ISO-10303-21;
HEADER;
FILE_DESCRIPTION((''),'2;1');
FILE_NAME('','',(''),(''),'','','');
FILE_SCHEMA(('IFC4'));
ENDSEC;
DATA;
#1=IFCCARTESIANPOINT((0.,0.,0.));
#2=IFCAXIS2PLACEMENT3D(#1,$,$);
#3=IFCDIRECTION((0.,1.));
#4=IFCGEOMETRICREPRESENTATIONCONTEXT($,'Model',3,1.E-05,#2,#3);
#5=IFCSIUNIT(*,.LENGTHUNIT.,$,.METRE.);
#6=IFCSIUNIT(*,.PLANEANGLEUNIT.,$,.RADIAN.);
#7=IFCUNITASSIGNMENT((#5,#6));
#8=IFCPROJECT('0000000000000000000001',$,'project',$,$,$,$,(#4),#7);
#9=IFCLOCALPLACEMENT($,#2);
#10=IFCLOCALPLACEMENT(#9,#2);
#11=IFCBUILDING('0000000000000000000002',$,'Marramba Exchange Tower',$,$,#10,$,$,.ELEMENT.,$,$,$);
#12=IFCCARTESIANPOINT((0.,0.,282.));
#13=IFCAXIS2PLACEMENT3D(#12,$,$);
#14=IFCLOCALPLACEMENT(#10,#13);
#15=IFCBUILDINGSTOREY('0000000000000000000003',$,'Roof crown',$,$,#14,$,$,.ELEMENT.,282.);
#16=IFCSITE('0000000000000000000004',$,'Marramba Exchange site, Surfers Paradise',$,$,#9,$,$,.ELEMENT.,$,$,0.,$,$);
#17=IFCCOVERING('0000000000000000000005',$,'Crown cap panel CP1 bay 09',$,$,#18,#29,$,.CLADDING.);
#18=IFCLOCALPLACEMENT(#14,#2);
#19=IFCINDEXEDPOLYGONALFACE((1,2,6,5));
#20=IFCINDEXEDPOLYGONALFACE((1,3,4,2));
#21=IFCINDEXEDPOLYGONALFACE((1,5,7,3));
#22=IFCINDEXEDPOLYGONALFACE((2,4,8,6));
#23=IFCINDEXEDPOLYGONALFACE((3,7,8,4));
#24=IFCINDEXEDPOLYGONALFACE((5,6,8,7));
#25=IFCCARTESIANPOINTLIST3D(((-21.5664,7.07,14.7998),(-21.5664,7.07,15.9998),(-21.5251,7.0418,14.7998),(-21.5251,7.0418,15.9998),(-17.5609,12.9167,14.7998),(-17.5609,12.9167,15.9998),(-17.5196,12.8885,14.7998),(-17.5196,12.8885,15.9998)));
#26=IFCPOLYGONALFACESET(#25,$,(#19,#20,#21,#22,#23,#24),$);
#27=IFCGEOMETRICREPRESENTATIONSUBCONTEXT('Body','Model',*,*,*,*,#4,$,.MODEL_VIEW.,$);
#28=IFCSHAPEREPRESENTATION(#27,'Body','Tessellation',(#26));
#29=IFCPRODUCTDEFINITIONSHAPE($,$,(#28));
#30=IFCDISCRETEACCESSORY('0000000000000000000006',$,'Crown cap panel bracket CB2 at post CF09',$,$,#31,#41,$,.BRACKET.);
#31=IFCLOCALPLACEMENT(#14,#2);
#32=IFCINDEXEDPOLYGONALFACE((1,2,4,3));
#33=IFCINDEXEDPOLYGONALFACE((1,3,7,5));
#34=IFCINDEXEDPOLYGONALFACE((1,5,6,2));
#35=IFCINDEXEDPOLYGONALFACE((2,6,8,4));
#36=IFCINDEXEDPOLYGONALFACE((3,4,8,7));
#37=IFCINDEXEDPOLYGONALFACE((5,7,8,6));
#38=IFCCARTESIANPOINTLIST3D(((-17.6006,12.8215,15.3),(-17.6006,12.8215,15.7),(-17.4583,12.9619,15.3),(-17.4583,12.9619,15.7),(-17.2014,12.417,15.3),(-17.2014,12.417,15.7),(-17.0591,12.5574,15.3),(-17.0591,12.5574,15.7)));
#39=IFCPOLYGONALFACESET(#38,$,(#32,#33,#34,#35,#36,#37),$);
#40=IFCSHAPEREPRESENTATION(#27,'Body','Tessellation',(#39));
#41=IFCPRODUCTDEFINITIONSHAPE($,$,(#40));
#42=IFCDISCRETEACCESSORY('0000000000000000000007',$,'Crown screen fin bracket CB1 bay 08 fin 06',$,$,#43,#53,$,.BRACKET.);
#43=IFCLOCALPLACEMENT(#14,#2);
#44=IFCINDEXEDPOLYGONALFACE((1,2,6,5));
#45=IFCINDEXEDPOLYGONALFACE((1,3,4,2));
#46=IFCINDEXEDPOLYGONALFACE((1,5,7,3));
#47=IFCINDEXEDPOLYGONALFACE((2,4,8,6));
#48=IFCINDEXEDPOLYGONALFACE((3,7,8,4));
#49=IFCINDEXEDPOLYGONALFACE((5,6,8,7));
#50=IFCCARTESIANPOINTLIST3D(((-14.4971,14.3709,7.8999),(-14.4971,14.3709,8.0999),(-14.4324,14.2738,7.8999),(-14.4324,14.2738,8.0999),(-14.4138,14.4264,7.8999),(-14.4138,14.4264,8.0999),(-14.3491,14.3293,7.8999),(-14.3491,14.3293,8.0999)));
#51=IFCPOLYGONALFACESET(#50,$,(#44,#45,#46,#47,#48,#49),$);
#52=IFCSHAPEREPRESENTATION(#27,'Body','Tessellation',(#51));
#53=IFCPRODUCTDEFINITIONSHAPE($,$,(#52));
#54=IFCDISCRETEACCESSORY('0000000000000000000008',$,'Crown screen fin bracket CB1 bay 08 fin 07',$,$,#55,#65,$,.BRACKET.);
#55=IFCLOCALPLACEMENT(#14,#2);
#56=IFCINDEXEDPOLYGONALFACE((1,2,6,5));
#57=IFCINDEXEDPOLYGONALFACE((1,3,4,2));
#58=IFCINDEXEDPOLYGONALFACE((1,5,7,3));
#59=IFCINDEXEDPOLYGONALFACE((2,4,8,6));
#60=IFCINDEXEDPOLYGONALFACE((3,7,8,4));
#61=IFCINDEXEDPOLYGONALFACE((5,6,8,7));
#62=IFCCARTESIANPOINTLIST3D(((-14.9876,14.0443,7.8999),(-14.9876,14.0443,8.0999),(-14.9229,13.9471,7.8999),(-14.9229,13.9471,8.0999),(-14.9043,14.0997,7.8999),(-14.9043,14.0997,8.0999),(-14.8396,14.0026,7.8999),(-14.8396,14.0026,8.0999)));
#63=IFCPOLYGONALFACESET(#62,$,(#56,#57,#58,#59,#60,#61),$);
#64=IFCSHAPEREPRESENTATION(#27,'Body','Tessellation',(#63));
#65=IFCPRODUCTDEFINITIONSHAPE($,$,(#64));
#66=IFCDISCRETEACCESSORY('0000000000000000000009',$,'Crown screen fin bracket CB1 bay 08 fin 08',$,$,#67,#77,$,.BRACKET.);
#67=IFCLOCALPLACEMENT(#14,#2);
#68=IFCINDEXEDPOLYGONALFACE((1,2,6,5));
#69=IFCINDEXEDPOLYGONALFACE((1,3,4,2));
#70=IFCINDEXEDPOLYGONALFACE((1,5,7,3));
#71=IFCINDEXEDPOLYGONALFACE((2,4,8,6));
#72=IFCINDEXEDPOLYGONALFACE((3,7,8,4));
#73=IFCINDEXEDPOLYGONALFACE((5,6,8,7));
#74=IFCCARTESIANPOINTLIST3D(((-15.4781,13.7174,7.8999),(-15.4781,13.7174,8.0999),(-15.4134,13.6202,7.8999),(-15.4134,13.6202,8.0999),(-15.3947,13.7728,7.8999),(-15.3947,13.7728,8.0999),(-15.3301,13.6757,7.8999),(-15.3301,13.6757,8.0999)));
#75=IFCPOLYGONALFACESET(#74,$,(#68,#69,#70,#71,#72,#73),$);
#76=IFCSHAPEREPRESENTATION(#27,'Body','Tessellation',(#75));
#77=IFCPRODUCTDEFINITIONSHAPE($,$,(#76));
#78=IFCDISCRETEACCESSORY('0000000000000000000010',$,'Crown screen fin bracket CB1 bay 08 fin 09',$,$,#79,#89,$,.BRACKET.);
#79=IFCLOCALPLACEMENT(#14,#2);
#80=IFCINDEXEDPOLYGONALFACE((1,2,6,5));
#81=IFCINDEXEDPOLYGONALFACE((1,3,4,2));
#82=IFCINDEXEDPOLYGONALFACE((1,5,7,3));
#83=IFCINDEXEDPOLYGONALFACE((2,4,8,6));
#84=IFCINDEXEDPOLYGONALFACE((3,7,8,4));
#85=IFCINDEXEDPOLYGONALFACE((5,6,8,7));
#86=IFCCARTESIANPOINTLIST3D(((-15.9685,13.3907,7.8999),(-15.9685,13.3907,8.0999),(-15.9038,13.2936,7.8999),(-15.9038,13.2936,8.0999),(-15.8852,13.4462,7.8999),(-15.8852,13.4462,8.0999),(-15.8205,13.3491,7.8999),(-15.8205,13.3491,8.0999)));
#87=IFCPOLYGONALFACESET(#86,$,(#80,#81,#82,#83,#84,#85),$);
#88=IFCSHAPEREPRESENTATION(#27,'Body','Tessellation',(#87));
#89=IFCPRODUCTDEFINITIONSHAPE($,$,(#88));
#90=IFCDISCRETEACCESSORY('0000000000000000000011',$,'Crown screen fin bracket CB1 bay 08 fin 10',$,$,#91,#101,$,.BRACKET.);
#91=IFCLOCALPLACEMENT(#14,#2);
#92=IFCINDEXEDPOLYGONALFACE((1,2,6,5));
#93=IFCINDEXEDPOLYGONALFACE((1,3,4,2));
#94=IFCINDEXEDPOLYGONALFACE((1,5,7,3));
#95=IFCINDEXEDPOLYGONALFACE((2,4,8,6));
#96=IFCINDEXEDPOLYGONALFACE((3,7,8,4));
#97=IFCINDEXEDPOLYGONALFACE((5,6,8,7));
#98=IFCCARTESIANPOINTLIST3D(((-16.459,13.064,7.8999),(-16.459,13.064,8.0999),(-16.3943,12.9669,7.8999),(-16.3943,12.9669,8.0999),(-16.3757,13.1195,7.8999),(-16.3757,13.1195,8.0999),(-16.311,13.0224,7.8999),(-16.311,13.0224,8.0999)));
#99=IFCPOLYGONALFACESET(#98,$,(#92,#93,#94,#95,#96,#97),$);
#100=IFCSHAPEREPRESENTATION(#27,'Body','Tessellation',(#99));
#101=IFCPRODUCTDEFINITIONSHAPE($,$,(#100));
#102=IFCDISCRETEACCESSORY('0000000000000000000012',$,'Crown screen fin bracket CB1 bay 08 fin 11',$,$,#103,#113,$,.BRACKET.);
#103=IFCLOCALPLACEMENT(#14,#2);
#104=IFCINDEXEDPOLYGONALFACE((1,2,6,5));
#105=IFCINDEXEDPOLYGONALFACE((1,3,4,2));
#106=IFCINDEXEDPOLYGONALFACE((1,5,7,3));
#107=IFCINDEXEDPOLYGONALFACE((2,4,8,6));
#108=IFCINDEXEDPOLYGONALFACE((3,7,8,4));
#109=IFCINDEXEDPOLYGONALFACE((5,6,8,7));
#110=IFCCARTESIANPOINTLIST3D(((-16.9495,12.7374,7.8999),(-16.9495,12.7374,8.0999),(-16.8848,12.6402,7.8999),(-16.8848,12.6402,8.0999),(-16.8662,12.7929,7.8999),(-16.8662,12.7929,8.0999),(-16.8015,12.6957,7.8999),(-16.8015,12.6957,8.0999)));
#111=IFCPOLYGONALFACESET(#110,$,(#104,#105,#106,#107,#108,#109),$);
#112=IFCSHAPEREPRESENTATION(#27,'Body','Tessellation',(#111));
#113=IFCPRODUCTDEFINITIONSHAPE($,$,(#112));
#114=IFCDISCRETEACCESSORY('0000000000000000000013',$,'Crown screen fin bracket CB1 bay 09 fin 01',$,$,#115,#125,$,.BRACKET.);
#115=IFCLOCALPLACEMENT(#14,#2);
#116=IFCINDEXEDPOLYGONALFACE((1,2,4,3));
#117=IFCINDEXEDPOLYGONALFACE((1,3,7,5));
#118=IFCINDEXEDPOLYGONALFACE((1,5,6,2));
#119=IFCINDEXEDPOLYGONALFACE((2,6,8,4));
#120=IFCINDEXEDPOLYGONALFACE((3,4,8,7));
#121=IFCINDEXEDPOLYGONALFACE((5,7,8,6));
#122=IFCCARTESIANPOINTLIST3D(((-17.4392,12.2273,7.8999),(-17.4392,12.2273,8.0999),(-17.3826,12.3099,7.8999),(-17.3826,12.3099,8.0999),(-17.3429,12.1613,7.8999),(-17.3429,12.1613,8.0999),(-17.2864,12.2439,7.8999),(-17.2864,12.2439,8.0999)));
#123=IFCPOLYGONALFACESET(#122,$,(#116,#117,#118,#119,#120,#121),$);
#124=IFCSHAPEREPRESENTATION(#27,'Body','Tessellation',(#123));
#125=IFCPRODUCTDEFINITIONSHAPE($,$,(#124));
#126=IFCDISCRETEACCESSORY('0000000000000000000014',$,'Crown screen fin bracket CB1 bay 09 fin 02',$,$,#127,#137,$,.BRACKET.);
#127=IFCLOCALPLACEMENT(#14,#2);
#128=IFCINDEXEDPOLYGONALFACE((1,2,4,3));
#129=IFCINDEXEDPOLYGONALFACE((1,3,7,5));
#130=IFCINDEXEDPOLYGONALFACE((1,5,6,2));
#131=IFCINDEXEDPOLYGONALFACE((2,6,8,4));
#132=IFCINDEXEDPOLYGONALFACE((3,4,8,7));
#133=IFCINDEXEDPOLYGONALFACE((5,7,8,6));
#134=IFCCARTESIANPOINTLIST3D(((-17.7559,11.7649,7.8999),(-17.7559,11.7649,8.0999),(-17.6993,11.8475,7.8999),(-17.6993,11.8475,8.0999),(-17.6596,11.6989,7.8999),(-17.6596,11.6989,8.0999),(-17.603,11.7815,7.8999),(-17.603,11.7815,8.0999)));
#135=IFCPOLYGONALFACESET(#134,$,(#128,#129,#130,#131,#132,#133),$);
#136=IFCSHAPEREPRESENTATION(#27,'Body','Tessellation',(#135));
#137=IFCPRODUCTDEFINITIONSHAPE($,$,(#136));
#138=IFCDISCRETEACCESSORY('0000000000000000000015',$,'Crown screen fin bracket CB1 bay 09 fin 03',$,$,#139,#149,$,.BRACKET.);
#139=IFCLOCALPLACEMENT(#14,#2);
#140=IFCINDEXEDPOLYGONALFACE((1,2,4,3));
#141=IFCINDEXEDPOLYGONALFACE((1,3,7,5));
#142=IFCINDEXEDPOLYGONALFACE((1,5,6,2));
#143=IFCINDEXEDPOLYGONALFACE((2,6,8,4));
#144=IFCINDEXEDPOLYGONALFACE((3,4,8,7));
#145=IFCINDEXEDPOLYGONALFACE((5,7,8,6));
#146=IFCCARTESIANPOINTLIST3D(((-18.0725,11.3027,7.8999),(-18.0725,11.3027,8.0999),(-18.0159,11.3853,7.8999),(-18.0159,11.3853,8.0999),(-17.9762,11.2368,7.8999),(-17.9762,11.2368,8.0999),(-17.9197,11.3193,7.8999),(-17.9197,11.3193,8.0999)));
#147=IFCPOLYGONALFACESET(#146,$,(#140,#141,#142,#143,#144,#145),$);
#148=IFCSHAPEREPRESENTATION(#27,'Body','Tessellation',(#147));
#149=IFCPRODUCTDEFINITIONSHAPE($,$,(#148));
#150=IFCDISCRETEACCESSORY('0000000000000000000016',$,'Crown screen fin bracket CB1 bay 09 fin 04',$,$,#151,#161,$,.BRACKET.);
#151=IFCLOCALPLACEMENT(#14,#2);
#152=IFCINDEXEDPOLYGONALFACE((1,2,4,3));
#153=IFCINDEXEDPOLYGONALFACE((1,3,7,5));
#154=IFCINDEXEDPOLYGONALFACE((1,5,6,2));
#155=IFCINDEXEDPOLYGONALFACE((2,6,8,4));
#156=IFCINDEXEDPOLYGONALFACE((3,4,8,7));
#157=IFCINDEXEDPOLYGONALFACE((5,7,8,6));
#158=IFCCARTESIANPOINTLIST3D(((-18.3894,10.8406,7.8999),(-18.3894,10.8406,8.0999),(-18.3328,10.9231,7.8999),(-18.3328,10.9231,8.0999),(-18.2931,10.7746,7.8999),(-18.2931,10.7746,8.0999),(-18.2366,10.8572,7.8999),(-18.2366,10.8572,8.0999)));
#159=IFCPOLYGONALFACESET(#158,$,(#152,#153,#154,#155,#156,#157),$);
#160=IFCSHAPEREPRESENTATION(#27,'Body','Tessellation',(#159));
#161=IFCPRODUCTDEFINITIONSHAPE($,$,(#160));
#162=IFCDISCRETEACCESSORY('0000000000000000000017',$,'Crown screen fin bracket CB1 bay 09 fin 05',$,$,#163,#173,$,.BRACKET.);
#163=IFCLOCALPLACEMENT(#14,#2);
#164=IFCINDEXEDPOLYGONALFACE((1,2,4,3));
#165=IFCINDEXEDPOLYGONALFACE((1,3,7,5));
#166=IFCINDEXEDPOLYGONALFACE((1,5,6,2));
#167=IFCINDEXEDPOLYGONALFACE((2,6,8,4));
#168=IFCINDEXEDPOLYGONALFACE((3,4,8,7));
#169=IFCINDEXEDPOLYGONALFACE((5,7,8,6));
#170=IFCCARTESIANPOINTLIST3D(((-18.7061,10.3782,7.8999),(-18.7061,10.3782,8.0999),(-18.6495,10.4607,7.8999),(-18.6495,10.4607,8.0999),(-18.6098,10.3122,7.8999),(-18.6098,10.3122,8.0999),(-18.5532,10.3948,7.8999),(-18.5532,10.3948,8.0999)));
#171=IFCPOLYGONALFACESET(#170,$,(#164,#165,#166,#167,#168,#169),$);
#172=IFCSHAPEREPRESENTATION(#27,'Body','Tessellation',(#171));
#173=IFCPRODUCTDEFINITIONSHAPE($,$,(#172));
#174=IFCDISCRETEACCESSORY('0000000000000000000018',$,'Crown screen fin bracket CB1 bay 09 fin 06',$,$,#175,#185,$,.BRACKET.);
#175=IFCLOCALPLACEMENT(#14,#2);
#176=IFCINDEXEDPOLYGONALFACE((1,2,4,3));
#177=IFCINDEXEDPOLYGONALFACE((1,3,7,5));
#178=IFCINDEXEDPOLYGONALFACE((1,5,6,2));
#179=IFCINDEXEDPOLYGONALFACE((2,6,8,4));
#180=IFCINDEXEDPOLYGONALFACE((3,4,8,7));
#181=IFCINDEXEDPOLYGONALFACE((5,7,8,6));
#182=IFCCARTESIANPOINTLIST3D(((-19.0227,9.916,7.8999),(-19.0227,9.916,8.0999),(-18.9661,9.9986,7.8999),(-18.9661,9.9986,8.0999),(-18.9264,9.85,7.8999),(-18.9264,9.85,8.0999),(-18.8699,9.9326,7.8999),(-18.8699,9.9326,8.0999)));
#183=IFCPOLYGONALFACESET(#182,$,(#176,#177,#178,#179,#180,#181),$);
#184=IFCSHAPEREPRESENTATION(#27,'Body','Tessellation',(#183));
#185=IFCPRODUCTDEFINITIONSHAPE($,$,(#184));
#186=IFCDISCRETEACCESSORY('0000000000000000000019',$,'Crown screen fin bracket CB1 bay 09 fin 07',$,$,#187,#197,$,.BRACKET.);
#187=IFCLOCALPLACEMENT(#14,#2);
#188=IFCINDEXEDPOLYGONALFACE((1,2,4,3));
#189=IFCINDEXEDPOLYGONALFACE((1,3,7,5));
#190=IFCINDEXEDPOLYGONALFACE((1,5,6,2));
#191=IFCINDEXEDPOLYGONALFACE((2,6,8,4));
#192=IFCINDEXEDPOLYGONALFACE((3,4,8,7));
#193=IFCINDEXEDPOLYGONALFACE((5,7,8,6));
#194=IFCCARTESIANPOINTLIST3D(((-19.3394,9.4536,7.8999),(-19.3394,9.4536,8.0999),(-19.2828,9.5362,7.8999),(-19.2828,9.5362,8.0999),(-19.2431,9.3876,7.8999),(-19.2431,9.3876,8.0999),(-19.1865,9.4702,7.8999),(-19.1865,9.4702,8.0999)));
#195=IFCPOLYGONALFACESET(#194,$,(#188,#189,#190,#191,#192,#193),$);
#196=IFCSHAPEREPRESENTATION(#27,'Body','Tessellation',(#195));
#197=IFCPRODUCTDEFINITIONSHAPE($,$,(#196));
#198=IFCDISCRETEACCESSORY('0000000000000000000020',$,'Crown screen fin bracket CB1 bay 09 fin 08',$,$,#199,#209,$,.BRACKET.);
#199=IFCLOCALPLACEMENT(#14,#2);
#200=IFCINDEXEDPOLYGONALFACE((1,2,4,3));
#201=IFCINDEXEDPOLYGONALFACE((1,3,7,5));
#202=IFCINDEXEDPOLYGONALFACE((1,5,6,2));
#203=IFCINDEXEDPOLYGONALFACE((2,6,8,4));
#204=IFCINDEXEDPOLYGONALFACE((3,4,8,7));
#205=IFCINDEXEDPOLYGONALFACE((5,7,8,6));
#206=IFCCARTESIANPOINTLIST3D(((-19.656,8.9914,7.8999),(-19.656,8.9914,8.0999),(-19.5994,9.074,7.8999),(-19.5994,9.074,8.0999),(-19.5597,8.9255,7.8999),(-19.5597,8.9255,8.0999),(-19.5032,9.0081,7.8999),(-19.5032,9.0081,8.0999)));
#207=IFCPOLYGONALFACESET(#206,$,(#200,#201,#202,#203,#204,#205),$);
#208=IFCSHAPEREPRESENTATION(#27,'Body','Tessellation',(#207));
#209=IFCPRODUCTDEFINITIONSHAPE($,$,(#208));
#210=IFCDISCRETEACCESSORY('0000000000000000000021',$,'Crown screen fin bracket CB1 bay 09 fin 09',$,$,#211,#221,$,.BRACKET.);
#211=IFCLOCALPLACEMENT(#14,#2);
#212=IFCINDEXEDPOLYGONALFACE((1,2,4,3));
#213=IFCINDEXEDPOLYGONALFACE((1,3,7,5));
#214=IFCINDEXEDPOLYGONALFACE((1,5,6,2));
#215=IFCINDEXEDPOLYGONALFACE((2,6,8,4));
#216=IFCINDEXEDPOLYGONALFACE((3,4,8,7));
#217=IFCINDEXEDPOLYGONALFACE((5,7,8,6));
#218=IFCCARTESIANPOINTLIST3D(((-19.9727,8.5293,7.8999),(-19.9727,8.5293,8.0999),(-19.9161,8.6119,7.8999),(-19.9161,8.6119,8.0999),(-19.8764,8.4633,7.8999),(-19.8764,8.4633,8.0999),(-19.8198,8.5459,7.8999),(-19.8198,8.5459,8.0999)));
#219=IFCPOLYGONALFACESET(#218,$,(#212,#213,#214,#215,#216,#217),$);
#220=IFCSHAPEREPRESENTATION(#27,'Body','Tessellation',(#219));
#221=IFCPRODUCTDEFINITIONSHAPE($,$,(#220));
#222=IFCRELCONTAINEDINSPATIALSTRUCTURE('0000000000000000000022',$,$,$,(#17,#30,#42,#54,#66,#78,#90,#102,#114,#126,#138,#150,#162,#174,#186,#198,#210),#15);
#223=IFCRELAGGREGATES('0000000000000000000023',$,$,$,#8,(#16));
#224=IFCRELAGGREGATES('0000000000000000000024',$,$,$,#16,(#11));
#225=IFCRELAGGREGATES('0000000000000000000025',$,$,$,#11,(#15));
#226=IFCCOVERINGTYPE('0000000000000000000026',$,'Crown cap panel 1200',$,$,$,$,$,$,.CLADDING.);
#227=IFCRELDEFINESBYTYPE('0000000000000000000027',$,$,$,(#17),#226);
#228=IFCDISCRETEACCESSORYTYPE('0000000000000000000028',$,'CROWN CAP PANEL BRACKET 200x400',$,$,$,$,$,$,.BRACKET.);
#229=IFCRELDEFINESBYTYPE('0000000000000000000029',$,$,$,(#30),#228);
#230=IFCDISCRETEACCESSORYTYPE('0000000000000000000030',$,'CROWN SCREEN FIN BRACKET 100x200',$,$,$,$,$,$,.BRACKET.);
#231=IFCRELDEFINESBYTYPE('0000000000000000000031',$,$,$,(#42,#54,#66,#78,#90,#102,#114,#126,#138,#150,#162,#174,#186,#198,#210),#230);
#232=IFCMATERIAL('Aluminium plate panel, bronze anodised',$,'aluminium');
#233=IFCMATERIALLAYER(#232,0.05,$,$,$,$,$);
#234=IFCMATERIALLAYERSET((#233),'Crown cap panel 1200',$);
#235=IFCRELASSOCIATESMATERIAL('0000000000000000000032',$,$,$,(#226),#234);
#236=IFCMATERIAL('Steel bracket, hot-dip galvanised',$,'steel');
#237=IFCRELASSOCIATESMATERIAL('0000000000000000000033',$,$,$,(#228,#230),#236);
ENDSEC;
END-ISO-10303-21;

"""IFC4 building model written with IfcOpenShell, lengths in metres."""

from ifc_helpers import new_model, si_unit, direction, frame, origin, origin_2d, place, context, subcontext, project, spatial, rectangle, extrude, material, layer, layer_set, type_object, element, save


model = new_model("IFC4")

# Units and contexts
model_context = context("Model", 3, precision=1e-05, world=origin(), true_north=direction((0.0, 1.0)))
body_context = subcontext(model_context, "Body", "Model", "MODEL_VIEW")
ifc_project = project(units=[si_unit("LENGTHUNIT", "METRE"), si_unit("PLANEANGLEUNIT", "RADIAN")], contexts=[model_context])

# Site, building, storey
site_placement = place(None, origin())
site = spatial("IfcSite", under=ifc_project, at=site_placement, Name="Marramba Exchange site, Surfers Paradise", CompositionType="ELEMENT", RefElevation=0.0)
building_placement = place(site_placement, origin())
building = spatial("IfcBuilding", under=site, at=building_placement, Name="Marramba Exchange Tower", CompositionType="ELEMENT")
storey_placement = place(building_placement, frame((0.0, 0.0, 282.0)))
storey = spatial("IfcBuildingStorey", under=building, at=storey_placement, Name="Roof crown", CompositionType="ELEMENT", Elevation=282.0)

# Covering
ifc_material_1 = material(Name="Aluminium plate panel, bronze anodised", Category="aluminium")
ifc_layer = layer(ifc_material_1, 0.05)
ifc_layer_set = layer_set([ifc_layer], Name="Crown cap panel 1200")
covering_type = type_object("IfcCoveringType", Name="Crown cap panel 1200", PredefinedType="CLADDING", material=ifc_layer_set)
covering_1_placement = place(storey_placement, frame((-19.543, 9.9792, 14.7998), z_axis=(0.0, 0.0, 1.0), x_axis=(-0.565176, -0.82497, 0.0)))
element("IfcCovering", 1, at=covering_1_placement, inside=storey, type_object=covering_type, Name="Crown cap panel CP1 bay 09", PredefinedType="CLADDING", context=body_context, shape_type="SweptSolid", body=[
    extrude(rectangle(XDim=7.0872, YDim=0.05, at=origin_2d()), origin(), (0.0, 0.0, 1.0), 1.2),
])

# Discrete accessories
ifc_material_2 = material(Name="Steel bracket, hot-dip galvanised", Category="steel")
discrete_accessory_type_1 = type_object("IfcDiscreteAccessoryType", Name="CROWN CAP PANEL BRACKET 200x400", PredefinedType="BRACKET", material=ifc_material_2)
discrete_accessory_placement = place(storey_placement, frame((-17.3298, 12.6895, 15.3), z_axis=(0.0, 0.0, 1.0), x_axis=(-0.702469, 0.711714, 0.0)))
element("IfcDiscreteAccessory", 2, at=discrete_accessory_placement, inside=storey, type_object=discrete_accessory_type_1, Name="Crown cap panel bracket CB2 at post CF09", PredefinedType="BRACKET", context=body_context, shape_type="SweptSolid", body=[
    extrude(rectangle(XDim=0.5684, YDim=0.2, at=origin_2d()), origin(), (0.0, 0.0, 1.0), 0.3999),
])
discrete_accessory_type_2 = type_object("IfcDiscreteAccessoryType", Name="CROWN SCREEN FIN BRACKET 100x200", PredefinedType="BRACKET", material=ifc_material_2)
for number, where, z_axis, x_axis, name in (
    (3, (-14.4231, 14.3501, 7.8999), (0.0, 0.0, 1.0), (-0.832289, -0.554342, 0.0), "Crown screen fin bracket CB1 bay 08 fin 06"),
    (4, (-14.9136, 14.0234, 7.8999), (0.0, 0.0, 1.0), (-0.832289, -0.554342, 0.0), "Crown screen fin bracket CB1 bay 08 fin 07"),
    (5, (-15.4041, 13.6965, 7.8999), (0.0, 0.0, 1.0), (-0.832289, -0.554342, 0.0), "Crown screen fin bracket CB1 bay 08 fin 08"),
    (6, (-15.8945, 13.3699, 7.8999), (0.0, 0.0, 1.0), (-0.832289, -0.554342, 0.0), "Crown screen fin bracket CB1 bay 08 fin 09"),
    (7, (-16.385, 13.0432, 7.8999), (0.0, 0.0, 1.0), (-0.832289, -0.554342, 0.0), "Crown screen fin bracket CB1 bay 08 fin 10"),
    (8, (-16.8755, 12.7166, 7.8999), (0.0, 0.0, 1.0), (-0.832289, -0.554342, 0.0), "Crown screen fin bracket CB1 bay 08 fin 11"),
    (9, (-17.3628, 12.2356, 7.8999), (0.0, 0.0, 1.0), (-0.565176, -0.82497, 0.0), "Crown screen fin bracket CB1 bay 09 fin 01"),
    (10, (-17.6794, 11.7732, 7.8999), (0.0, 0.0, 1.0), (-0.565176, -0.82497, 0.0), "Crown screen fin bracket CB1 bay 09 fin 02"),
    (11, (-17.9961, 11.311, 7.8999), (0.0, 0.0, 1.0), (-0.565176, -0.82497, 0.0), "Crown screen fin bracket CB1 bay 09 fin 03"),
    (12, (-18.313, 10.8489, 7.8999), (0.0, 0.0, 1.0), (-0.565176, -0.82497, 0.0), "Crown screen fin bracket CB1 bay 09 fin 04"),
    (13, (-18.6296, 10.3865, 7.8999), (0.0, 0.0, 1.0), (-0.565176, -0.82497, 0.0), "Crown screen fin bracket CB1 bay 09 fin 05"),
    (14, (-18.9463, 9.9243, 7.8999), (0.0, 0.0, 1.0), (-0.565176, -0.82497, 0.0), "Crown screen fin bracket CB1 bay 09 fin 06"),
    (15, (-19.2629, 9.4619, 7.8999), (0.0, 0.0, 1.0), (-0.565176, -0.82497, 0.0), "Crown screen fin bracket CB1 bay 09 fin 07"),
    (16, (-19.5796, 8.9998, 7.8999), (0.0, 0.0, 1.0), (-0.565176, -0.82497, 0.0), "Crown screen fin bracket CB1 bay 09 fin 08"),
    (17, (-19.8962, 8.5376, 7.8999), (0.0, 0.0, 1.0), (-0.565176, -0.82497, 0.0), "Crown screen fin bracket CB1 bay 09 fin 09"),
):
    element("IfcDiscreteAccessory", number, at=place(storey_placement, frame(where, z_axis=z_axis, x_axis=x_axis)), inside=storey, type_object=discrete_accessory_type_2, Name=name, PredefinedType="BRACKET", context=body_context, shape_type="SweptSolid", body=[
        extrude(rectangle(XDim=0.1001, YDim=0.1167, at=origin_2d()), origin(), (0.0, 0.0, 1.0), 0.2),
    ])

save(model, "model.ifc")
